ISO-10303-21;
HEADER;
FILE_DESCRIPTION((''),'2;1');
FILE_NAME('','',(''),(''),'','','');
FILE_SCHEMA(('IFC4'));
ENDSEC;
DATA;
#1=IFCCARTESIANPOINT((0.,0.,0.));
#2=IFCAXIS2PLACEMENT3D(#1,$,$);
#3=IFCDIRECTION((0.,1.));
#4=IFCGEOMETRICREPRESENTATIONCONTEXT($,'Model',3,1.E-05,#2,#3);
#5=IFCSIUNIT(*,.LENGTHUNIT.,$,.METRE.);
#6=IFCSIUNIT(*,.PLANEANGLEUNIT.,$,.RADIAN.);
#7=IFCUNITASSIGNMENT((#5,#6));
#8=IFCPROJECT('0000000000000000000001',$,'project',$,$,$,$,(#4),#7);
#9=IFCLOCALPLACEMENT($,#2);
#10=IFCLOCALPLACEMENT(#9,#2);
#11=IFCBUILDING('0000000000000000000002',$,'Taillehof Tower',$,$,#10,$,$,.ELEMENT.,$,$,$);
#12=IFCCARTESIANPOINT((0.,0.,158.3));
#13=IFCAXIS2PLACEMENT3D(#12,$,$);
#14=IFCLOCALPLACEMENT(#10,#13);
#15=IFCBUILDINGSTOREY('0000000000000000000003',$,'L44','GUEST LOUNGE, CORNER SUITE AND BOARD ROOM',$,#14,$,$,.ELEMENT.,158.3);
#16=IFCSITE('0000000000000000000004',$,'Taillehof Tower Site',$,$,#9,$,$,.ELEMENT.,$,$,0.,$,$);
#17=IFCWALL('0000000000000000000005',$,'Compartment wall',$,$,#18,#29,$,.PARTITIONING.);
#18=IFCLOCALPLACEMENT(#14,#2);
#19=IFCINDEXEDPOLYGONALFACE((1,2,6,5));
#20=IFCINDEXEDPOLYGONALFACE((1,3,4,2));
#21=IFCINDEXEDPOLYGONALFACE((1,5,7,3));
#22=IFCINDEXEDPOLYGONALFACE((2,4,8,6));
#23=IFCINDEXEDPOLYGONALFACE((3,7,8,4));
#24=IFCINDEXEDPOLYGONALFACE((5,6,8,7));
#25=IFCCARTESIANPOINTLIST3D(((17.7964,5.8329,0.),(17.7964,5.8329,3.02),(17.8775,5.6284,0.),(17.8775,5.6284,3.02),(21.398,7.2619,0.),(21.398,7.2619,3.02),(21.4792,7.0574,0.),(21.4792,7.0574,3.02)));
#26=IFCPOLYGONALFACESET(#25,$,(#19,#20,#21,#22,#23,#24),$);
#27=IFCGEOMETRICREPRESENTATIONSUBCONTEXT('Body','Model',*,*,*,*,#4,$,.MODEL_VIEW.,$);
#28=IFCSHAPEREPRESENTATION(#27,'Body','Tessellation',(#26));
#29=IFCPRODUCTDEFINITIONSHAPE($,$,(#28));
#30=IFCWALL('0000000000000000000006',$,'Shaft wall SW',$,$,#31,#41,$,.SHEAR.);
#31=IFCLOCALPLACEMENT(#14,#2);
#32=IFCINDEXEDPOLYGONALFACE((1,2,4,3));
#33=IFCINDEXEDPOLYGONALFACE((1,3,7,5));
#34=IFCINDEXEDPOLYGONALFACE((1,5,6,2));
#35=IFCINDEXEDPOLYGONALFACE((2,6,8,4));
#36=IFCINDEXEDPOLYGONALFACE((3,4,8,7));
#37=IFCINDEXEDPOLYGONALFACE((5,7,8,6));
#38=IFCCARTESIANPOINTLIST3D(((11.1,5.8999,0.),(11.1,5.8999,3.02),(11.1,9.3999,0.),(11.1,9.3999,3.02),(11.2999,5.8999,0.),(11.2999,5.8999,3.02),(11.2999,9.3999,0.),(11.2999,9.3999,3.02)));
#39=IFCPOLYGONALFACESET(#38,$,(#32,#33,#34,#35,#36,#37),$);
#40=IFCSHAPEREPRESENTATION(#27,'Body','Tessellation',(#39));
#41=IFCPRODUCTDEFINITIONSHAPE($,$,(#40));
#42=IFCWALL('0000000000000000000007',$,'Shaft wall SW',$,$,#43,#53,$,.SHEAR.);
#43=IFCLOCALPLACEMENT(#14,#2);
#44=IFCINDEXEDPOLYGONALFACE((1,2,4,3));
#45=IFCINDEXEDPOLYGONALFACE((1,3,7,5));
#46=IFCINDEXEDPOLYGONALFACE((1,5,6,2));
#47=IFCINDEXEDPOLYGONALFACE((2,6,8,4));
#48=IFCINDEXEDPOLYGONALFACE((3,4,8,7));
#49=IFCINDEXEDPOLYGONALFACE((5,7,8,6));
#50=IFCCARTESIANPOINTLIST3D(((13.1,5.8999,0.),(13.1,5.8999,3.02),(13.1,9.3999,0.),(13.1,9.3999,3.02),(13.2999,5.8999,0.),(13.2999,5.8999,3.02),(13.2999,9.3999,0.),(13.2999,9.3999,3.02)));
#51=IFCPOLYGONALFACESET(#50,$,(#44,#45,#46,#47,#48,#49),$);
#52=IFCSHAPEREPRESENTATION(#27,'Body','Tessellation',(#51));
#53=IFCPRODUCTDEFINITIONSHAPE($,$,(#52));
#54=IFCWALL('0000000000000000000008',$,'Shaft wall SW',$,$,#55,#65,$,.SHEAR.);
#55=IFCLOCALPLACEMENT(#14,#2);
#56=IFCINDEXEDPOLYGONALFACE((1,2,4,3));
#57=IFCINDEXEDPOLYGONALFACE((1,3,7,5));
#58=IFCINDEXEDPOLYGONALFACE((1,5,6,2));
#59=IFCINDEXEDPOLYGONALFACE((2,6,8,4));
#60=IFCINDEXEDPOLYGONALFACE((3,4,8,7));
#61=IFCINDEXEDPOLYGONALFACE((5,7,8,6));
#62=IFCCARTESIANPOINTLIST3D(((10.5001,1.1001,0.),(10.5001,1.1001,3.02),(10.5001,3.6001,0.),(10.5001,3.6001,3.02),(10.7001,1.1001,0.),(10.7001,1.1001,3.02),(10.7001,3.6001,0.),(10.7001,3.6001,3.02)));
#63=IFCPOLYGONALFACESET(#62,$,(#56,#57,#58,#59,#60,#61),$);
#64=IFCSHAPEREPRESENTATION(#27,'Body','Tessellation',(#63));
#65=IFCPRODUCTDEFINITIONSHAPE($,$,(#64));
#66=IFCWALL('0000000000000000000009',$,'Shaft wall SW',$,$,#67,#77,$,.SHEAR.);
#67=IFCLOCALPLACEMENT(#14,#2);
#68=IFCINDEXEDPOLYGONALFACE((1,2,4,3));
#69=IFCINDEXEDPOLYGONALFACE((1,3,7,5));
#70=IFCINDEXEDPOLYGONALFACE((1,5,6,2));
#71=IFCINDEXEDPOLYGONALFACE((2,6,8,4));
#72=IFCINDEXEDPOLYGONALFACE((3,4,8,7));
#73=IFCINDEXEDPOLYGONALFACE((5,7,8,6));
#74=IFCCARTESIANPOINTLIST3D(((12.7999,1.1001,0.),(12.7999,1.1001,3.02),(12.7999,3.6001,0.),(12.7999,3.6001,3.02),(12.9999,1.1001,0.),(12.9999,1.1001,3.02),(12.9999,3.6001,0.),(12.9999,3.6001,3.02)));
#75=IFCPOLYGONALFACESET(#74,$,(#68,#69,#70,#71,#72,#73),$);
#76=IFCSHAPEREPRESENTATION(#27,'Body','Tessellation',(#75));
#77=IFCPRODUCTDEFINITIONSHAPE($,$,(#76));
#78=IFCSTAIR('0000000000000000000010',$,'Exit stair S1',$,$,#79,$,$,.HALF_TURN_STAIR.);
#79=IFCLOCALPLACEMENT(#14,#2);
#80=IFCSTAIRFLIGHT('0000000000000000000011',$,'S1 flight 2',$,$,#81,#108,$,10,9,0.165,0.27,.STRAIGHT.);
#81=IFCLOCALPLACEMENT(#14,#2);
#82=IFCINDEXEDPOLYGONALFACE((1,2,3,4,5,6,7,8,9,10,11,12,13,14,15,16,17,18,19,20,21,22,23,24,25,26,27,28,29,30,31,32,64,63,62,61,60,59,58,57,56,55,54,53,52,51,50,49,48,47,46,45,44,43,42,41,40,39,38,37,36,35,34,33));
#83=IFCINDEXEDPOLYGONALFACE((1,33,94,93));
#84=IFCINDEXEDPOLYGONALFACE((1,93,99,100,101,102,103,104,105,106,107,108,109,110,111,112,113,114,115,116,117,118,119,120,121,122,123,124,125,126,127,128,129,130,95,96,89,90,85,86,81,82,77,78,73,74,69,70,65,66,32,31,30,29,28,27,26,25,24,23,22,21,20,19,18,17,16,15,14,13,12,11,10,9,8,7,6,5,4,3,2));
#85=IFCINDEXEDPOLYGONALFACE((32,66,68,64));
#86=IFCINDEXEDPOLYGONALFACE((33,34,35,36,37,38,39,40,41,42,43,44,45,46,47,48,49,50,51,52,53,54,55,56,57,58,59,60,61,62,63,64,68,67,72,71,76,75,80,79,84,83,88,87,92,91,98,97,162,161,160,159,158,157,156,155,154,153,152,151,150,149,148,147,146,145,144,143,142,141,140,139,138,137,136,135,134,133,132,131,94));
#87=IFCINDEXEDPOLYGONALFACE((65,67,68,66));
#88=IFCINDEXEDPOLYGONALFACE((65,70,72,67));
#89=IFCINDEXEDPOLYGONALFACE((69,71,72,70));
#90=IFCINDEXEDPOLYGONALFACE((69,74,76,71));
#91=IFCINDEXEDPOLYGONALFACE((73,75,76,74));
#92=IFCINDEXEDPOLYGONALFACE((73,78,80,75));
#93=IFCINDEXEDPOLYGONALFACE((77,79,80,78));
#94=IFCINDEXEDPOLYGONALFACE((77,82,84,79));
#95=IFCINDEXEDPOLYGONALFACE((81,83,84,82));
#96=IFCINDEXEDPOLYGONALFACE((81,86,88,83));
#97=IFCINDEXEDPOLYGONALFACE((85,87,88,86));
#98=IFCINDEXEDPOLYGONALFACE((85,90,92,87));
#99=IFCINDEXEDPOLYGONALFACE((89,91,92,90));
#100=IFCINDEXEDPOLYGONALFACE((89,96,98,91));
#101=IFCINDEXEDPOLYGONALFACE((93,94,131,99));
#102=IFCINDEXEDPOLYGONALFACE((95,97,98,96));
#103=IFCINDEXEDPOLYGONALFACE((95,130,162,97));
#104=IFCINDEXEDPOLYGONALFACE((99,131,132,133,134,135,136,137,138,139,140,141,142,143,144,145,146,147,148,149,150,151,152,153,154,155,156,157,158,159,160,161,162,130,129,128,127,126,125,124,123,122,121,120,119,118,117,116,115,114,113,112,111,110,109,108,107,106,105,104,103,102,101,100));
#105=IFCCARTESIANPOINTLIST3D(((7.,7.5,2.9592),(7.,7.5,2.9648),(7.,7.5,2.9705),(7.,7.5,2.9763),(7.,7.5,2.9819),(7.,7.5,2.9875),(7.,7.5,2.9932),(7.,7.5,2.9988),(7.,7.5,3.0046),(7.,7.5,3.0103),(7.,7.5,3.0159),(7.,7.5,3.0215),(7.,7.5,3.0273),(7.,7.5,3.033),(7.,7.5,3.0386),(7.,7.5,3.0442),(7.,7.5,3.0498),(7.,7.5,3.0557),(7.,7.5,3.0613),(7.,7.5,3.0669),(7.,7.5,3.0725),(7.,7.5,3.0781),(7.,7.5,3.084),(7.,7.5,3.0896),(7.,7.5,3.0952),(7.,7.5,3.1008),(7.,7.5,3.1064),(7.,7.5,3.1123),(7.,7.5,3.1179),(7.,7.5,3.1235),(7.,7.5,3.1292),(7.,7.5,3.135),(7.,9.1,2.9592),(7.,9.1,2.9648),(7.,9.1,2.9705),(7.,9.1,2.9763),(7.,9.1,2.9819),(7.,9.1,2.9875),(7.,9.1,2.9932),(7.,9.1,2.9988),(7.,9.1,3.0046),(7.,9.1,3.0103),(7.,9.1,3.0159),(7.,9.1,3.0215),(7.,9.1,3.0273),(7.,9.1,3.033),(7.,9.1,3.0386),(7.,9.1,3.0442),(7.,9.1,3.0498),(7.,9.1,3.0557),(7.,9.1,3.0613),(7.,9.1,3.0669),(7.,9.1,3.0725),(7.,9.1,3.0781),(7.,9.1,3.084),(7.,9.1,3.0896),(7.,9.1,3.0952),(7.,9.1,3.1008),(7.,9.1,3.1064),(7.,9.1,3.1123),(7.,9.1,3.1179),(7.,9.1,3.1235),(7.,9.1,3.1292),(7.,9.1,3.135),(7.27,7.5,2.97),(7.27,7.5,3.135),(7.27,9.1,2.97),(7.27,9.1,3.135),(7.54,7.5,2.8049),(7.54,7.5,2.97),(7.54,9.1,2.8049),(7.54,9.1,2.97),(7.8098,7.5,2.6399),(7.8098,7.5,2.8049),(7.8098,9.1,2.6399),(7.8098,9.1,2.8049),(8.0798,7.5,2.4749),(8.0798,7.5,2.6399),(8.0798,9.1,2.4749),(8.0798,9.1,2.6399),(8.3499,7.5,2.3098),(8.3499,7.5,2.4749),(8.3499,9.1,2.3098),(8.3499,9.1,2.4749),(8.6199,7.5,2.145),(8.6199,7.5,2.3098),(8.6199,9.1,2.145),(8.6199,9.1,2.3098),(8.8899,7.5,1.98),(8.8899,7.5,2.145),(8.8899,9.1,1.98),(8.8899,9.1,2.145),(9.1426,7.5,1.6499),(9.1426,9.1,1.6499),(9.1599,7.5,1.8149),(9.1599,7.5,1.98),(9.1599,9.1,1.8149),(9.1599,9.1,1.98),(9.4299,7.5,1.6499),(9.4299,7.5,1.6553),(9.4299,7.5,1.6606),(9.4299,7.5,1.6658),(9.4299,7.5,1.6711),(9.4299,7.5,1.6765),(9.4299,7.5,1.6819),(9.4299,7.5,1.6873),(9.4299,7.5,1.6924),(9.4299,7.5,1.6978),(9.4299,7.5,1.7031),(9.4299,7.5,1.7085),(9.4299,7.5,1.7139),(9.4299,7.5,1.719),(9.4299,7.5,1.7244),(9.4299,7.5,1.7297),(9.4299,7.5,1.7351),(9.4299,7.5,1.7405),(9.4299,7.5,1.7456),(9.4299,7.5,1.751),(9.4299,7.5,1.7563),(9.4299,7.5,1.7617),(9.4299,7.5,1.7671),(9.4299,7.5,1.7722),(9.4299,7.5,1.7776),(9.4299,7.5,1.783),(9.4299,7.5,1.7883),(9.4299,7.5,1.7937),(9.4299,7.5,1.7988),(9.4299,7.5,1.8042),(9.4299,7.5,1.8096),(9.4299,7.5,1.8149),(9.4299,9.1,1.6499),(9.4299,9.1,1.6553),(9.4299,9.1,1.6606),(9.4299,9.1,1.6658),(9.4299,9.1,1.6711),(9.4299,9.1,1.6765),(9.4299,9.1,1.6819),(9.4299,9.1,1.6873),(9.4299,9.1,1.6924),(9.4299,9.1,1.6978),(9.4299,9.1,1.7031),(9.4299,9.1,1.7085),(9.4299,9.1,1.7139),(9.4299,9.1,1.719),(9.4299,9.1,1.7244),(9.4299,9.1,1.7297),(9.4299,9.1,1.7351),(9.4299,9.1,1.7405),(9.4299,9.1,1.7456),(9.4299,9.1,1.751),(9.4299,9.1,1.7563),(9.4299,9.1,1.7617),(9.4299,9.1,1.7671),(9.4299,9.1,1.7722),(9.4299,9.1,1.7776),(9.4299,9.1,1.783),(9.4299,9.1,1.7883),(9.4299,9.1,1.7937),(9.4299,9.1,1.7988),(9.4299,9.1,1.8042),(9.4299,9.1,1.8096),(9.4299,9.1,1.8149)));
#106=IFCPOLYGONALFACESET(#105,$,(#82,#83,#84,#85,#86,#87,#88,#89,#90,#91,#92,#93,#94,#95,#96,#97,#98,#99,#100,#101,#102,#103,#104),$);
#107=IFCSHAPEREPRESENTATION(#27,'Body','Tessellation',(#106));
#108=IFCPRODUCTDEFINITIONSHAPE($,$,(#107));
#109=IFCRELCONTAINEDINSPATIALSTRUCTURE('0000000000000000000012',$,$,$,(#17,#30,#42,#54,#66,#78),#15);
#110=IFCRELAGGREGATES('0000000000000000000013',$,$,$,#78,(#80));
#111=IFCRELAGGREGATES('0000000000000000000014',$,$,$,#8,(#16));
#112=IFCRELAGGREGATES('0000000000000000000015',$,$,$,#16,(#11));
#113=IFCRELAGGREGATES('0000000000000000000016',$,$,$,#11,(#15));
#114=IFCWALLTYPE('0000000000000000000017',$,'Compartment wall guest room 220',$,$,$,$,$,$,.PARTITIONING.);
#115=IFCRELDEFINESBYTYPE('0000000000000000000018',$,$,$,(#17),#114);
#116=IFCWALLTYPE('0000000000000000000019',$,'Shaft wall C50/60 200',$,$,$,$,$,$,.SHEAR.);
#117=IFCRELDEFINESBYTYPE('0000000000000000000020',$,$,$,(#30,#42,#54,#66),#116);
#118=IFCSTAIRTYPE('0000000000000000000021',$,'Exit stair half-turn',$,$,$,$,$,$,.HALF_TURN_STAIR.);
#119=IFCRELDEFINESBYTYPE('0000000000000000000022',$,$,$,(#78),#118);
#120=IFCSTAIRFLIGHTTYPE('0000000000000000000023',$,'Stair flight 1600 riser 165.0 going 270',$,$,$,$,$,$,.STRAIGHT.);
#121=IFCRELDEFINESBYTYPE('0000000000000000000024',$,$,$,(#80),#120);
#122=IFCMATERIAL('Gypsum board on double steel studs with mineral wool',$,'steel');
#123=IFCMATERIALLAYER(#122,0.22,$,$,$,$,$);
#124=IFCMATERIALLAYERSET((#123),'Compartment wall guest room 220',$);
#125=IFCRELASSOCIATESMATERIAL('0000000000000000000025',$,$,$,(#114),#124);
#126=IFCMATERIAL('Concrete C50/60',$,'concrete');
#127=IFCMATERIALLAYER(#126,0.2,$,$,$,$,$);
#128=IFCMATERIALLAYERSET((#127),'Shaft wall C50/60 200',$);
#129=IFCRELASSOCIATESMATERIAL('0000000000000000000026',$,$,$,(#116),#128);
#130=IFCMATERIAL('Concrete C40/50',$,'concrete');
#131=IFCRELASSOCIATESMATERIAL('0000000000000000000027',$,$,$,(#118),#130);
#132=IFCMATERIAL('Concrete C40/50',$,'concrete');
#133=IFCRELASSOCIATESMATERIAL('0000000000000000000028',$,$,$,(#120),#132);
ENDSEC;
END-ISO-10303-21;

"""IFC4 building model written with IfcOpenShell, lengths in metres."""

from ifc_helpers import new_model, si_unit, direction, frame, frame_2d, origin, place, context, subcontext, project, spatial, polyline, rectangle, outline, extrude, material, layer, layer_set, type_object, element, aggregate, save


model = new_model("IFC4")

# Units and contexts
model_context = context("Model", 3, precision=1e-05, world=origin(), true_north=direction((0.0, 1.0)))
body_context = subcontext(model_context, "Body", "Model", "MODEL_VIEW")
ifc_project = project(units=[si_unit("LENGTHUNIT", "METRE"), si_unit("PLANEANGLEUNIT", "RADIAN")], contexts=[model_context])

# Site, building, storey
site_placement = place(None, origin())
site = spatial("IfcSite", under=ifc_project, at=site_placement, Name="Taillehof Tower Site", CompositionType="ELEMENT", RefElevation=0.0)
building_placement = place(site_placement, origin())
building = spatial("IfcBuilding", under=site, at=building_placement, Name="Taillehof Tower", CompositionType="ELEMENT")
storey_placement = place(building_placement, frame((0.0, 0.0, 158.3)))
storey = spatial("IfcBuildingStorey", under=building, at=storey_placement, Name="L44", Description="GUEST LOUNGE, CORNER SUITE AND BOARD ROOM", CompositionType="ELEMENT", Elevation=158.3)

# Walls
ifc_material_1 = material(Name="Gypsum board on double steel studs with mineral wool", Category="steel")
ifc_layer_1 = layer(ifc_material_1, 0.22)
ifc_layer_set_1 = layer_set([ifc_layer_1], Name="Compartment wall guest room 220")
wall_type_1 = type_object("IfcWallType", Name="Compartment wall guest room 220", PredefinedType="PARTITIONING", material=ifc_layer_set_1)
wall_1_placement = place(storey_placement, frame((21.4387, 7.1597, 0.0), z_axis=(0.0, 0.0, 1.0), x_axis=(-0.929512, -0.368793, 0.0)))
element("IfcWall", 1, at=wall_1_placement, inside=storey, type_object=wall_type_1, Name="Compartment wall", PredefinedType="PARTITIONING", context=body_context, shape_type="SweptSolid", body=[
    extrude(rectangle(XDim=3.8748, YDim=0.22, at=frame_2d((1.9375, 0.0))), origin(), (0.0, 0.0, 1.0), 3.02),
])
ifc_material_2 = material(Name="Concrete C50/60", Category="concrete")
ifc_layer_2 = layer(ifc_material_2, 0.2)
ifc_layer_set_2 = layer_set([ifc_layer_2], Name="Shaft wall C50/60 200")
wall_type_2 = type_object("IfcWallType", Name="Shaft wall C50/60 200", PredefinedType="SHEAR", material=ifc_layer_set_2)
for number, where, z_axis, x_axis, name in (
    (2, (11.2, 5.8999, 0.0), (0.0, 0.0, 1.0), (0.0, 1.0, 0.0), "Shaft wall SW"),
    (3, (13.2, 5.8999, 0.0), (0.0, 0.0, 1.0), (0.0, 1.0, 0.0), "Shaft wall SW"),
):
    element("IfcWall", number, at=place(storey_placement, frame(where, z_axis=z_axis, x_axis=x_axis)), inside=storey, type_object=wall_type_2, Name=name, PredefinedType="SHEAR", context=body_context, shape_type="SweptSolid", body=[
        extrude(rectangle(XDim=3.5, YDim=0.2, at=frame_2d((1.75, 0.0))), origin(), (0.0, 0.0, 1.0), 3.02),
    ])
for number, where, z_axis, x_axis, name in (
    (4, (10.6001, 1.1001, 0.0), (0.0, 0.0, 1.0), (0.0, 1.0, 0.0), "Shaft wall SW"),
    (5, (12.8999, 1.1001, 0.0), (0.0, 0.0, 1.0), (0.0, 1.0, 0.0), "Shaft wall SW"),
):
    element("IfcWall", number, at=place(storey_placement, frame(where, z_axis=z_axis, x_axis=x_axis)), inside=storey, type_object=wall_type_2, Name=name, PredefinedType="SHEAR", context=body_context, shape_type="SweptSolid", body=[
        extrude(rectangle(XDim=2.5, YDim=0.2, at=frame_2d((1.25, 0.0))), origin(), (0.0, 0.0, 1.0), 3.02),
    ])

# Stair, stair flight
ifc_material_3 = material(Name="Concrete C40/50", Category="concrete")
stair_type = type_object("IfcStairType", Name="Exit stair half-turn", PredefinedType="HALF_TURN_STAIR", material=ifc_material_3)
stair_placement = place(storey_placement, origin())
stair = element("IfcStair", 6, at=stair_placement, inside=storey, type_object=stair_type, Name="Exit stair S1", PredefinedType="HALF_TURN_STAIR")
ifc_material_4 = material(Name="Concrete C40/50", Category="concrete")
stair_flight_type = type_object("IfcStairFlightType", Name="Stair flight 1600 riser 165.0 going 270", PredefinedType="STRAIGHT", material=ifc_material_4)
stair_flight_placement = place(storey_placement, frame((9.4299, 8.3, 1.6499), z_axis=(0.0, 0.0, 1.0), x_axis=(-1.0, 0.0, 0.0)))
stair_flight = element("IfcStairFlight", 7, at=stair_flight_placement, type_object=stair_flight_type, Name="S1 flight 2", NumberOfRisers=10, NumberOfTreads=9, PredefinedType="STRAIGHT", RiserHeight=0.165, TreadLength=0.27, context=body_context, shape_type="SweptSolid", body=[
    extrude(outline(polyline([(0.0, 0.0), (0.0, 0.0054), (0.0, 0.0107), (0.0, 0.0159), (0.0, 0.0212), (0.0, 0.0266), (0.0, 0.032), (0.0, 0.0374), (0.0, 0.0425), (0.0, 0.0479), (0.0, 0.0532), (0.0, 0.0586), (0.0, 0.064), (0.0, 0.0691), (0.0, 0.0745), (0.0, 0.0798), (0.0, 0.0852), (0.0, 0.0906), (0.0, 0.0957), (0.0, 0.1011), (0.0, 0.1064), (0.0, 0.1118), (0.0, 0.1172), (0.0, 0.1223), (0.0, 0.1277), (0.0, 0.1331), (0.0, 0.1384), (0.0, 0.1438), (0.0, 0.1489), (0.0, 0.1543), (0.0, 0.1597), (0.0, 0.165), (0.27, 0.165), (0.27, 0.3301), (0.54, 0.3301), (0.54, 0.4951), (0.8101, 0.4951), (0.8101, 0.6599), (1.0801, 0.6599), (1.0801, 0.825), (1.3501, 0.825), (1.3501, 0.99), (1.6201, 0.99), (1.6201, 1.155), (1.8899, 1.155), (1.8899, 1.3201), (2.1599, 1.3201), (2.1599, 1.4851), (2.4299, 1.4851), (2.4299, 1.4792), (2.4299, 1.4736), (2.4299, 1.468), (2.4299, 1.4624), (2.4299, 1.4565), (2.4299, 1.4509), (2.4299, 1.4453), (2.4299, 1.4397), (2.4299, 1.4341), (2.4299, 1.4282), (2.4299, 1.4226), (2.4299, 1.417), (2.4299, 1.4114), (2.4299, 1.4058), (2.4299, 1.3999), (2.4299, 1.3943), (2.4299, 1.3887), (2.4299, 1.3831), (2.4299, 1.3774), (2.4299, 1.3716), (2.4299, 1.366), (2.4299, 1.3604), (2.4299, 1.3547), (2.4299, 1.3489), (2.4299, 1.3433), (2.4299, 1.3376), (2.4299, 1.332), (2.4299, 1.3264), (2.4299, 1.3206), (2.4299, 1.3149), (2.4299, 1.3093), (0.2874, 0.0), (0.0, 0.0)])), frame((0.0, 0.8, 0.0), z_axis=(0.0, -1.0, 0.0), x_axis=(1.0, 0.0, 0.0)), (0.0, 0.0, 1.0), 1.6),
])
aggregate(stair, [stair_flight])

save(model, "model.ifc")
